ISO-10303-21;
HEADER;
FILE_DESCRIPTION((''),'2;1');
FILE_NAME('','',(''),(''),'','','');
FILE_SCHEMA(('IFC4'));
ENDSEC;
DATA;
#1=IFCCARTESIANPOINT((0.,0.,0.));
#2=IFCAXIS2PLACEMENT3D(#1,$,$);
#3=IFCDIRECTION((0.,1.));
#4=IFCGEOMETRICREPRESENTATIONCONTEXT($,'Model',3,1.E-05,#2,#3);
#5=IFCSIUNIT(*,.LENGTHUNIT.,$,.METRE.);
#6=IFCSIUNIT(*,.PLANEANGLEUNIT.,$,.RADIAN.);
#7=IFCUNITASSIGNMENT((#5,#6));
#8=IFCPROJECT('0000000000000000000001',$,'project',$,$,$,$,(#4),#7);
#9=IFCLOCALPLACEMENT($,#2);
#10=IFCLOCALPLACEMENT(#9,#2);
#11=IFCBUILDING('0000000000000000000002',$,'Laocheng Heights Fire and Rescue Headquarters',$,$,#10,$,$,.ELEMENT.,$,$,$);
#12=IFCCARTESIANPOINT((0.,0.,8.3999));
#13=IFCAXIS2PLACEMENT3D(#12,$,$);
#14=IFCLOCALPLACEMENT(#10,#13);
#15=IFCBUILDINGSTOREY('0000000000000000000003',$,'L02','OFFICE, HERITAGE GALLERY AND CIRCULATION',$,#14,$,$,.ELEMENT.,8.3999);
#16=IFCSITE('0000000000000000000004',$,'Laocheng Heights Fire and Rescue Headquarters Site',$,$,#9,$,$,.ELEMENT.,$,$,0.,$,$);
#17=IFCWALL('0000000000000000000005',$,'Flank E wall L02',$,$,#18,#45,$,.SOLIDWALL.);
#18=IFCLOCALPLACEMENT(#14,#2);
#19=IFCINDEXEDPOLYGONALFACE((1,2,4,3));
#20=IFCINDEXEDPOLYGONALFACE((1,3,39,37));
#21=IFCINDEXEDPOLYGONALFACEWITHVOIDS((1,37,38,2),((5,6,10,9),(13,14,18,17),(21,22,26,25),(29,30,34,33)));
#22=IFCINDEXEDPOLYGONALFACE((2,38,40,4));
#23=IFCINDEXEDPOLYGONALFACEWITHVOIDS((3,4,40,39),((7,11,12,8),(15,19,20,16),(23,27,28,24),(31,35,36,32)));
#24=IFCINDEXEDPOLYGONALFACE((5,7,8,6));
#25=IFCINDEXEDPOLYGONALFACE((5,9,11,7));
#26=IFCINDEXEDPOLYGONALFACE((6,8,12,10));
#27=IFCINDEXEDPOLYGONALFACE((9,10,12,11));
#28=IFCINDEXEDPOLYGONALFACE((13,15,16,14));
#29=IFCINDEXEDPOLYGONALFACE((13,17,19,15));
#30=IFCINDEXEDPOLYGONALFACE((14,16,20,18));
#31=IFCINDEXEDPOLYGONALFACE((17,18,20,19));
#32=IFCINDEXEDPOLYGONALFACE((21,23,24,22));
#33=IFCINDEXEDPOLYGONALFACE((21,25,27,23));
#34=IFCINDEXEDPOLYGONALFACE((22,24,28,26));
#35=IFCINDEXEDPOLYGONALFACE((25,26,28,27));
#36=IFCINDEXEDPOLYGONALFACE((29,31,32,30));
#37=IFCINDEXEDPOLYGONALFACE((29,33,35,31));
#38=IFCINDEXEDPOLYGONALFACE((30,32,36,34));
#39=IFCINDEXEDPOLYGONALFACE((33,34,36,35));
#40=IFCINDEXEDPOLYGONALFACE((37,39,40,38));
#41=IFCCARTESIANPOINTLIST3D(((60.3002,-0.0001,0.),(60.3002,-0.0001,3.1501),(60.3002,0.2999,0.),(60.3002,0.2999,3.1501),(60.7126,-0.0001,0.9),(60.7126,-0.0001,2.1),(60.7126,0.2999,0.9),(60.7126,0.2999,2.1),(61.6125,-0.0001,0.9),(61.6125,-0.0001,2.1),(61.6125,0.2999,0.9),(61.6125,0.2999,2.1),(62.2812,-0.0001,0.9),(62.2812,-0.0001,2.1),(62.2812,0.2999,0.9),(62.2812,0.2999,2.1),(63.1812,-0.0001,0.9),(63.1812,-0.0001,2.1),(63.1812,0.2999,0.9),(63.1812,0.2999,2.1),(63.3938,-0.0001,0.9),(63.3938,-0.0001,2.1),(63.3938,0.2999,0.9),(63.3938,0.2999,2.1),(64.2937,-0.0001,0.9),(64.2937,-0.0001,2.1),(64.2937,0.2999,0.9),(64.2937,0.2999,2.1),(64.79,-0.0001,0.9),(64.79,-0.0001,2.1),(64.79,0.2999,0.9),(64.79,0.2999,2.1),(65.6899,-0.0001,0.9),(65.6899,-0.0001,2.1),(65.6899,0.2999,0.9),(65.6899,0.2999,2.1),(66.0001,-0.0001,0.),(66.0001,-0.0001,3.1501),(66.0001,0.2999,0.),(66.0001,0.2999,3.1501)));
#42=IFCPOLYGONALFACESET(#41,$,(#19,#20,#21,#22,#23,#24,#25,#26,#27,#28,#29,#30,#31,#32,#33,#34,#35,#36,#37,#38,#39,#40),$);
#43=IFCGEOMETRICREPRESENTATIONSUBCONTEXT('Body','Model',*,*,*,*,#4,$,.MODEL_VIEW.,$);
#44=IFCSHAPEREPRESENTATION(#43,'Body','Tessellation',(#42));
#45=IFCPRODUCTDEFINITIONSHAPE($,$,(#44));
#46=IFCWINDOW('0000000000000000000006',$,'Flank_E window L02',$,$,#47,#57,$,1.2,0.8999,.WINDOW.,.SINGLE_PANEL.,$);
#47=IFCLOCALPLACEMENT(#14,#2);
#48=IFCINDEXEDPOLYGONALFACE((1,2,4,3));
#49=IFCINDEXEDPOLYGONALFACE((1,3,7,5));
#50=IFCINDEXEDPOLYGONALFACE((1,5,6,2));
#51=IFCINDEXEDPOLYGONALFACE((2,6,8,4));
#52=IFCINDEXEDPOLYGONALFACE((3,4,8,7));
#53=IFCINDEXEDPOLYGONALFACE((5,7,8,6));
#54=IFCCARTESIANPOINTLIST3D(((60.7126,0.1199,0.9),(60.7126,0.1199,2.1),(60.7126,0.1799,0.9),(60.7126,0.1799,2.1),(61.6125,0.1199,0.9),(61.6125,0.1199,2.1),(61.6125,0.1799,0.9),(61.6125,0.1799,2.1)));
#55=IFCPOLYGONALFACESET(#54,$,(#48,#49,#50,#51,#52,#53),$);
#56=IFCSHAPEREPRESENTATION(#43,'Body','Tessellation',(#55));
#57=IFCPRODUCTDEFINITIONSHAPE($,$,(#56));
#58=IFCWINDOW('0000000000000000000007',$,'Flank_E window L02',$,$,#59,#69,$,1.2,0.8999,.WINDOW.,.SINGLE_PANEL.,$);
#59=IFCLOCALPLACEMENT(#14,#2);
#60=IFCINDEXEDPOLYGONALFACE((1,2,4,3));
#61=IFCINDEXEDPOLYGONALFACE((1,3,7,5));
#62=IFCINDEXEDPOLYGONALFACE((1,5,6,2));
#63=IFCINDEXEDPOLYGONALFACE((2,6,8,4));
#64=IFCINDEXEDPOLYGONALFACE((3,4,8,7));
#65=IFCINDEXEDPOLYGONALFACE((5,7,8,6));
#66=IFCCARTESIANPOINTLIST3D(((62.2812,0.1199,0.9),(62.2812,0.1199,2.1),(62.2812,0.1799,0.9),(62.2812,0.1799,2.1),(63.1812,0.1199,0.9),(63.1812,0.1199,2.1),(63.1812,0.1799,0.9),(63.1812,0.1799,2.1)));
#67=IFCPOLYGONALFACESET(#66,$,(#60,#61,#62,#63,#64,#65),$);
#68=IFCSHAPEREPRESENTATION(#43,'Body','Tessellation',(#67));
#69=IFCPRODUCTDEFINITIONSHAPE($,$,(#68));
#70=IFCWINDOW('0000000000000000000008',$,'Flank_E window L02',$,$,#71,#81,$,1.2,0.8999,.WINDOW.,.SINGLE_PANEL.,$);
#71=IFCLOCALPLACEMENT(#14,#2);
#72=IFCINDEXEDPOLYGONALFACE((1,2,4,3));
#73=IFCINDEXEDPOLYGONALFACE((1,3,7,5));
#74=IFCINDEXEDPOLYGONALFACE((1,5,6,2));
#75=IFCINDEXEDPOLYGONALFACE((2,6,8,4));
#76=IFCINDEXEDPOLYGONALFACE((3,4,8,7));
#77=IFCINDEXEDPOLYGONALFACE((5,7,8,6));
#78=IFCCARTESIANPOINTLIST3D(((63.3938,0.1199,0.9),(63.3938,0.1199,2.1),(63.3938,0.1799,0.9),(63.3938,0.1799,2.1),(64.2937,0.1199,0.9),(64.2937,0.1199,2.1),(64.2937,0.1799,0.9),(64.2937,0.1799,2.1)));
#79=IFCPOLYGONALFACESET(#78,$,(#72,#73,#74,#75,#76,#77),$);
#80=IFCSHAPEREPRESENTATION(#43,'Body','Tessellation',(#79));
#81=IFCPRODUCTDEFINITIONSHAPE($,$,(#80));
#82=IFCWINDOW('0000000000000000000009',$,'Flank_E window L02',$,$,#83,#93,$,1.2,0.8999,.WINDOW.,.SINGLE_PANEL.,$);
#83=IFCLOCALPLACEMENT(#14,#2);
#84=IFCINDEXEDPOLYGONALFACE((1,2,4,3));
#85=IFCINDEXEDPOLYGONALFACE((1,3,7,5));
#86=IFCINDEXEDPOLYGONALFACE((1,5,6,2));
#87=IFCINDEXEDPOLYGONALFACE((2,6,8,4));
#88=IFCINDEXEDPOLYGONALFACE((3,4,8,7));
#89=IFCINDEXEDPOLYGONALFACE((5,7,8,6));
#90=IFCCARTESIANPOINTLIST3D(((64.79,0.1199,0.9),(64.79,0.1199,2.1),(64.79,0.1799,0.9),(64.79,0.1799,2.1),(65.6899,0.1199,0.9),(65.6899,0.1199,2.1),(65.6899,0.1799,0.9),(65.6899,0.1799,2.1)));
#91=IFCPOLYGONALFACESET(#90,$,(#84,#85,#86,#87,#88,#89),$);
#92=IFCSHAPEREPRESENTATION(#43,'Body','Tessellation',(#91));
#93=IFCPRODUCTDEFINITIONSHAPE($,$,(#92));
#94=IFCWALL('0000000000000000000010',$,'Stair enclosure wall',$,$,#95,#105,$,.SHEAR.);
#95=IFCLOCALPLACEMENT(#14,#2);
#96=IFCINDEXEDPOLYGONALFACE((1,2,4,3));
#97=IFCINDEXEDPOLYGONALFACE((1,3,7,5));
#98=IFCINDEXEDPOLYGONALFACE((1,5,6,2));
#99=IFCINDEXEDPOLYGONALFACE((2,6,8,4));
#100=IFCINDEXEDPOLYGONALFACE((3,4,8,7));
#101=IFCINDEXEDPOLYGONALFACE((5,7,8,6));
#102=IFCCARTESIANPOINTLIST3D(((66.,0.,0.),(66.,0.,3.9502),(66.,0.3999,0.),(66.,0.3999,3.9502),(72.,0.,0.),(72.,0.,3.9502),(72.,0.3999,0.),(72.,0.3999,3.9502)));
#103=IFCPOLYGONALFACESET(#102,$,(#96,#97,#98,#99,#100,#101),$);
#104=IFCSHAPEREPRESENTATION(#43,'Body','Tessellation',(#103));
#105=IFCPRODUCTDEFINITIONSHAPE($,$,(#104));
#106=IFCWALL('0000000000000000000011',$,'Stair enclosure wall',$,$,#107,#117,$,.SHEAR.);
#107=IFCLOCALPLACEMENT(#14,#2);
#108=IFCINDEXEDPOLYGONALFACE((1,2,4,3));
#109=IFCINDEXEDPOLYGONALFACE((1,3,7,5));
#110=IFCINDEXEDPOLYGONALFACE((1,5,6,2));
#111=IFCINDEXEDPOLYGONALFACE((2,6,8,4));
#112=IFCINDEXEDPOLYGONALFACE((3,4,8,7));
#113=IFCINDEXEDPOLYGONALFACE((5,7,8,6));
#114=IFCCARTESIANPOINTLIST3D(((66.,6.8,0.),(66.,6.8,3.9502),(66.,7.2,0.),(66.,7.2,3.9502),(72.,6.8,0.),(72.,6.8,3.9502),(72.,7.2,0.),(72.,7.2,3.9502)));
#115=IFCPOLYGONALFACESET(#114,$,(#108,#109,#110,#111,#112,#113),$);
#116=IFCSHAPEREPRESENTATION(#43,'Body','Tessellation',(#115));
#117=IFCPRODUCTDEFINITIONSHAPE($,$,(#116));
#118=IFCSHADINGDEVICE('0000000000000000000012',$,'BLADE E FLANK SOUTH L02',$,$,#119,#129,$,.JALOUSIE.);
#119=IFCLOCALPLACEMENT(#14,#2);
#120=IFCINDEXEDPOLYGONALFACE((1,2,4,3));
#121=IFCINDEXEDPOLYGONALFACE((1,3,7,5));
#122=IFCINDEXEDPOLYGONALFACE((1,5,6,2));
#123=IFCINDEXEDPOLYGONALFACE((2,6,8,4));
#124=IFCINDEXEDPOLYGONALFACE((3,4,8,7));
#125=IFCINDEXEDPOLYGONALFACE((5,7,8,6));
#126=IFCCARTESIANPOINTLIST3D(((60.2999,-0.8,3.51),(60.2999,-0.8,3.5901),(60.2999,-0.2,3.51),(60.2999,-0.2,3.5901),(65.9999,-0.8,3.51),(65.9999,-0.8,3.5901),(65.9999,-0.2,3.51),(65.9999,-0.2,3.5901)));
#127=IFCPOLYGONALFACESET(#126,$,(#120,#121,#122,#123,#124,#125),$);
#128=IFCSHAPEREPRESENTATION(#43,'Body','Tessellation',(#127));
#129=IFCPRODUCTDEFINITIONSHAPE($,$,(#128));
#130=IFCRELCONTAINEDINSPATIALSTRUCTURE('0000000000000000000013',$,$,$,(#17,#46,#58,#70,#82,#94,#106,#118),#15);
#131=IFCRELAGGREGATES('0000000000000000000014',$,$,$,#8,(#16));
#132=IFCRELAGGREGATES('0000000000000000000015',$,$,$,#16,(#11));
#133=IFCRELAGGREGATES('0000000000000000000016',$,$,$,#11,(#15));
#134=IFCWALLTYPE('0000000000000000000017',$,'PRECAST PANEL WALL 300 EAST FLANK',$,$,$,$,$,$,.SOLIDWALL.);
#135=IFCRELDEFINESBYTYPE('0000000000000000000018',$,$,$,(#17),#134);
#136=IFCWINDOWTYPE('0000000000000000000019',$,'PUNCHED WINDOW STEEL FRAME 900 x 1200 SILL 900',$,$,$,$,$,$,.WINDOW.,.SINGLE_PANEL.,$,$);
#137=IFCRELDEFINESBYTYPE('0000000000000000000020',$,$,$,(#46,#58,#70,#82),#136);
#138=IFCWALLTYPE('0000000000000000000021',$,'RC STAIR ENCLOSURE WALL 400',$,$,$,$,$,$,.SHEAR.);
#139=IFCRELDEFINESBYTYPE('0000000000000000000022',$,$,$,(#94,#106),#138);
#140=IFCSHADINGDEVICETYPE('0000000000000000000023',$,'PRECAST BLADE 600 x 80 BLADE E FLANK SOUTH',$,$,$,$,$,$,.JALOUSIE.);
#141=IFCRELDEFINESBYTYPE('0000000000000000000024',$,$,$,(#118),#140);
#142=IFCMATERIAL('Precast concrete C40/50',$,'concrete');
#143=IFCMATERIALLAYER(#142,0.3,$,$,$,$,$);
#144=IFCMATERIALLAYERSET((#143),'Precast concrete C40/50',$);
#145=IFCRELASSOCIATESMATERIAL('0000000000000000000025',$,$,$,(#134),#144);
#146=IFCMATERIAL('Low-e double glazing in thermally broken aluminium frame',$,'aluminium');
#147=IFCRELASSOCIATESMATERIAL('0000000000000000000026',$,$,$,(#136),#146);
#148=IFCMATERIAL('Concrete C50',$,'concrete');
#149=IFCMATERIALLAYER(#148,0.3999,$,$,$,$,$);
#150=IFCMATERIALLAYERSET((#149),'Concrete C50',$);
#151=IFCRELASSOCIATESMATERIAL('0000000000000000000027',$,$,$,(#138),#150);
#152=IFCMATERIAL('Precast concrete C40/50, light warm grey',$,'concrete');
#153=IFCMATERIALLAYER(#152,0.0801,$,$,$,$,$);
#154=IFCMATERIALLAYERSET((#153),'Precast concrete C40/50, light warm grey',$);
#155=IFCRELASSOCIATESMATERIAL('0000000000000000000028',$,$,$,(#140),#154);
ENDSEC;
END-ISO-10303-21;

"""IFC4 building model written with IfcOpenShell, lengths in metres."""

from ifc_helpers import new_model, si_unit, direction, frame, frame_2d, origin, origin_2d, place, context, subcontext, project, spatial, rectangle, extrude, material, layer, layer_set, type_object, element, fill, save


model = new_model("IFC4")

# Units and contexts
model_context = context("Model", 3, precision=1e-05, world=origin(), true_north=direction((0.0, 1.0)))
body_context = subcontext(model_context, "Body", "Model", "MODEL_VIEW")
ifc_project = project(units=[si_unit("LENGTHUNIT", "METRE"), si_unit("PLANEANGLEUNIT", "RADIAN")], contexts=[model_context])

# Site, building, storey
site_placement = place(None, origin())
site = spatial("IfcSite", under=ifc_project, at=site_placement, Name="Laocheng Heights Fire and Rescue Headquarters Site", CompositionType="ELEMENT", RefElevation=0.0)
building_placement = place(site_placement, origin())
building = spatial("IfcBuilding", under=site, at=building_placement, Name="Laocheng Heights Fire and Rescue Headquarters", CompositionType="ELEMENT")
storey_placement = place(building_placement, frame((0.0, 0.0, 8.3999)))
storey = spatial("IfcBuildingStorey", under=building, at=storey_placement, Name="L02", Description="OFFICE, HERITAGE GALLERY AND CIRCULATION", CompositionType="ELEMENT", Elevation=8.3999)

# Wall, openings, windows
ifc_material_1 = material(Name="Precast concrete C40/50", Category="concrete")
ifc_layer_1 = layer(ifc_material_1, 0.3)
ifc_layer_set_1 = layer_set([ifc_layer_1], Name="Precast concrete C40/50")
wall_type_1 = type_object("IfcWallType", Name="PRECAST PANEL WALL 300 EAST FLANK", PredefinedType="SOLIDWALL", material=ifc_layer_set_1)
wall_1_placement = place(storey_placement, frame((60.3, 0.1499, 0.0), z_axis=(0.0, 0.0, 1.0), x_axis=(1.0, 0.0, 0.0)))
wall_1 = element("IfcWall", 1, at=wall_1_placement, inside=storey, type_object=wall_type_1, Name="Flank E wall L02", PredefinedType="SOLIDWALL", context=body_context, shape_type="SweptSolid", body=[
    extrude(rectangle(XDim=5.7, YDim=0.3, at=frame_2d((2.8501, 0.0))), origin(), (0.0, 0.0, 1.0), 3.1501),
])
opening_1_placement = place(wall_1_placement, frame((0.4126, 0.0, 0.8999)))
opening_1 = element("IfcOpeningElement", 2, at=opening_1_placement, cuts=wall_1, PredefinedType="OPENING", context=body_context, shape_type="SweptSolid", body=[
    extrude(rectangle(XDim=0.8999, YDim=1.2, at=frame_2d((0.45, 0.6001))), frame((0.0, 0.1599, 0.0), z_axis=(0.0, -1.0, 0.0), x_axis=(1.0, 0.0, 0.0)), (0.0, 0.0, 1.0), 0.3201),
])
opening_2_placement = place(wall_1_placement, frame((1.9812, 0.0, 0.8999)))
opening_2 = element("IfcOpeningElement", 3, at=opening_2_placement, cuts=wall_1, PredefinedType="OPENING", context=body_context, shape_type="SweptSolid", body=[
    extrude(rectangle(XDim=0.8999, YDim=1.2, at=frame_2d((0.45, 0.6001))), frame((0.0, 0.1599, 0.0), z_axis=(0.0, -1.0, 0.0), x_axis=(1.0, 0.0, 0.0)), (0.0, 0.0, 1.0), 0.3201),
])
opening_3_placement = place(wall_1_placement, frame((3.0938, 0.0, 0.8999)))
opening_3 = element("IfcOpeningElement", 4, at=opening_3_placement, cuts=wall_1, PredefinedType="OPENING", context=body_context, shape_type="SweptSolid", body=[
    extrude(rectangle(XDim=0.8999, YDim=1.2, at=frame_2d((0.45, 0.6001))), frame((0.0, 0.1599, 0.0), z_axis=(0.0, -1.0, 0.0), x_axis=(1.0, 0.0, 0.0)), (0.0, 0.0, 1.0), 0.3201),
])
opening_4_placement = place(wall_1_placement, frame((4.49, 0.0, 0.8999)))
opening_4 = element("IfcOpeningElement", 5, at=opening_4_placement, cuts=wall_1, PredefinedType="OPENING", context=body_context, shape_type="SweptSolid", body=[
    extrude(rectangle(XDim=0.8999, YDim=1.2, at=frame_2d((0.45, 0.6001))), frame((0.0, 0.1599, 0.0), z_axis=(0.0, -1.0, 0.0), x_axis=(1.0, 0.0, 0.0)), (0.0, 0.0, 1.0), 0.3201),
])
ifc_material_2 = material(Name="Low-e double glazing in thermally broken aluminium frame", Category="aluminium")
window_type = type_object("IfcWindowType", Name="PUNCHED WINDOW STEEL FRAME 900 x 1200 SILL 900", PartitioningType="SINGLE_PANEL", PredefinedType="WINDOW", material=ifc_material_2)
window_1_placement = place(opening_1_placement, origin())
window_1 = element("IfcWindow", 6, at=window_1_placement, inside=storey, type_object=window_type, Name="Flank_E window L02", OverallHeight=1.2, OverallWidth=0.8999, PartitioningType="SINGLE_PANEL", PredefinedType="WINDOW", context=body_context, shape_type="SweptSolid", body=[
    extrude(rectangle(XDim=0.8999, YDim=1.2, at=frame_2d((0.45, 0.6001))), frame((0.0, 0.03, 0.0), z_axis=(0.0, -1.0, 0.0), x_axis=(1.0, 0.0, 0.0)), (0.0, 0.0, 1.0), 0.0601),
])
fill(opening_1, window_1)
window_2_placement = place(opening_2_placement, origin())
window_2 = element("IfcWindow", 7, at=window_2_placement, inside=storey, type_object=window_type, Name="Flank_E window L02", OverallHeight=1.2, OverallWidth=0.8999, PartitioningType="SINGLE_PANEL", PredefinedType="WINDOW", context=body_context, shape_type="SweptSolid", body=[
    extrude(rectangle(XDim=0.8999, YDim=1.2, at=frame_2d((0.45, 0.6001))), frame((0.0, 0.03, 0.0), z_axis=(0.0, -1.0, 0.0), x_axis=(1.0, 0.0, 0.0)), (0.0, 0.0, 1.0), 0.0601),
])
fill(opening_2, window_2)
window_3_placement = place(opening_3_placement, origin())
window_3 = element("IfcWindow", 8, at=window_3_placement, inside=storey, type_object=window_type, Name="Flank_E window L02", OverallHeight=1.2, OverallWidth=0.8999, PartitioningType="SINGLE_PANEL", PredefinedType="WINDOW", context=body_context, shape_type="SweptSolid", body=[
    extrude(rectangle(XDim=0.8999, YDim=1.2, at=frame_2d((0.45, 0.6001))), frame((0.0, 0.03, 0.0), z_axis=(0.0, -1.0, 0.0), x_axis=(1.0, 0.0, 0.0)), (0.0, 0.0, 1.0), 0.0601),
])
fill(opening_3, window_3)
window_4_placement = place(opening_4_placement, origin())
window_4 = element("IfcWindow", 9, at=window_4_placement, inside=storey, type_object=window_type, Name="Flank_E window L02", OverallHeight=1.2, OverallWidth=0.8999, PartitioningType="SINGLE_PANEL", PredefinedType="WINDOW", context=body_context, shape_type="SweptSolid", body=[
    extrude(rectangle(XDim=0.8999, YDim=1.2, at=frame_2d((0.45, 0.6001))), frame((0.0, 0.03, 0.0), z_axis=(0.0, -1.0, 0.0), x_axis=(1.0, 0.0, 0.0)), (0.0, 0.0, 1.0), 0.0601),
])
fill(opening_4, window_4)

# Walls
ifc_material_3 = material(Name="Concrete C50", Category="concrete")
ifc_layer_2 = layer(ifc_material_3, 0.3999)
ifc_layer_set_2 = layer_set([ifc_layer_2], Name="Concrete C50")
wall_type_2 = type_object("IfcWallType", Name="RC STAIR ENCLOSURE WALL 400", PredefinedType="SHEAR", material=ifc_layer_set_2)
for number, where, z_axis, x_axis, name in (
    (10, (66.0, 0.2, 0.0), (0.0, 0.0, 1.0), (1.0, 0.0, 0.0), "Stair enclosure wall"),
    (11, (66.0, 7.0, 0.0), (0.0, 0.0, 1.0), (1.0, 0.0, 0.0), "Stair enclosure wall"),
):
    element("IfcWall", number, at=place(storey_placement, frame(where, z_axis=z_axis, x_axis=x_axis)), inside=storey, type_object=wall_type_2, Name=name, PredefinedType="SHEAR", context=body_context, shape_type="SweptSolid", body=[
        extrude(rectangle(XDim=6.0, YDim=0.3999, at=frame_2d((3.0, 0.0))), origin(), (0.0, 0.0, 1.0), 3.9502),
    ])

# Shading device
ifc_material_4 = material(Name="Precast concrete C40/50, light warm grey", Category="concrete")
ifc_layer_3 = layer(ifc_material_4, 0.0801)
ifc_layer_set_3 = layer_set([ifc_layer_3], Name="Precast concrete C40/50, light warm grey")
shading_device_type = type_object("IfcShadingDeviceType", Name="PRECAST BLADE 600 x 80 BLADE E FLANK SOUTH", PredefinedType="JALOUSIE", material=ifc_layer_set_3)
shading_device_placement = place(storey_placement, frame((63.1499, -0.5, 3.51), z_axis=(0.0, 0.0, 1.0), x_axis=(1.0, 0.0, 0.0)))
element("IfcShadingDevice", 12, at=shading_device_placement, inside=storey, type_object=shading_device_type, Name="BLADE E FLANK SOUTH L02", PredefinedType="JALOUSIE", context=body_context, shape_type="SweptSolid", body=[
    extrude(rectangle(XDim=5.7, YDim=0.6001, at=origin_2d()), origin(), (0.0, 0.0, 1.0), 0.0801),
])

save(model, "model.ifc")
